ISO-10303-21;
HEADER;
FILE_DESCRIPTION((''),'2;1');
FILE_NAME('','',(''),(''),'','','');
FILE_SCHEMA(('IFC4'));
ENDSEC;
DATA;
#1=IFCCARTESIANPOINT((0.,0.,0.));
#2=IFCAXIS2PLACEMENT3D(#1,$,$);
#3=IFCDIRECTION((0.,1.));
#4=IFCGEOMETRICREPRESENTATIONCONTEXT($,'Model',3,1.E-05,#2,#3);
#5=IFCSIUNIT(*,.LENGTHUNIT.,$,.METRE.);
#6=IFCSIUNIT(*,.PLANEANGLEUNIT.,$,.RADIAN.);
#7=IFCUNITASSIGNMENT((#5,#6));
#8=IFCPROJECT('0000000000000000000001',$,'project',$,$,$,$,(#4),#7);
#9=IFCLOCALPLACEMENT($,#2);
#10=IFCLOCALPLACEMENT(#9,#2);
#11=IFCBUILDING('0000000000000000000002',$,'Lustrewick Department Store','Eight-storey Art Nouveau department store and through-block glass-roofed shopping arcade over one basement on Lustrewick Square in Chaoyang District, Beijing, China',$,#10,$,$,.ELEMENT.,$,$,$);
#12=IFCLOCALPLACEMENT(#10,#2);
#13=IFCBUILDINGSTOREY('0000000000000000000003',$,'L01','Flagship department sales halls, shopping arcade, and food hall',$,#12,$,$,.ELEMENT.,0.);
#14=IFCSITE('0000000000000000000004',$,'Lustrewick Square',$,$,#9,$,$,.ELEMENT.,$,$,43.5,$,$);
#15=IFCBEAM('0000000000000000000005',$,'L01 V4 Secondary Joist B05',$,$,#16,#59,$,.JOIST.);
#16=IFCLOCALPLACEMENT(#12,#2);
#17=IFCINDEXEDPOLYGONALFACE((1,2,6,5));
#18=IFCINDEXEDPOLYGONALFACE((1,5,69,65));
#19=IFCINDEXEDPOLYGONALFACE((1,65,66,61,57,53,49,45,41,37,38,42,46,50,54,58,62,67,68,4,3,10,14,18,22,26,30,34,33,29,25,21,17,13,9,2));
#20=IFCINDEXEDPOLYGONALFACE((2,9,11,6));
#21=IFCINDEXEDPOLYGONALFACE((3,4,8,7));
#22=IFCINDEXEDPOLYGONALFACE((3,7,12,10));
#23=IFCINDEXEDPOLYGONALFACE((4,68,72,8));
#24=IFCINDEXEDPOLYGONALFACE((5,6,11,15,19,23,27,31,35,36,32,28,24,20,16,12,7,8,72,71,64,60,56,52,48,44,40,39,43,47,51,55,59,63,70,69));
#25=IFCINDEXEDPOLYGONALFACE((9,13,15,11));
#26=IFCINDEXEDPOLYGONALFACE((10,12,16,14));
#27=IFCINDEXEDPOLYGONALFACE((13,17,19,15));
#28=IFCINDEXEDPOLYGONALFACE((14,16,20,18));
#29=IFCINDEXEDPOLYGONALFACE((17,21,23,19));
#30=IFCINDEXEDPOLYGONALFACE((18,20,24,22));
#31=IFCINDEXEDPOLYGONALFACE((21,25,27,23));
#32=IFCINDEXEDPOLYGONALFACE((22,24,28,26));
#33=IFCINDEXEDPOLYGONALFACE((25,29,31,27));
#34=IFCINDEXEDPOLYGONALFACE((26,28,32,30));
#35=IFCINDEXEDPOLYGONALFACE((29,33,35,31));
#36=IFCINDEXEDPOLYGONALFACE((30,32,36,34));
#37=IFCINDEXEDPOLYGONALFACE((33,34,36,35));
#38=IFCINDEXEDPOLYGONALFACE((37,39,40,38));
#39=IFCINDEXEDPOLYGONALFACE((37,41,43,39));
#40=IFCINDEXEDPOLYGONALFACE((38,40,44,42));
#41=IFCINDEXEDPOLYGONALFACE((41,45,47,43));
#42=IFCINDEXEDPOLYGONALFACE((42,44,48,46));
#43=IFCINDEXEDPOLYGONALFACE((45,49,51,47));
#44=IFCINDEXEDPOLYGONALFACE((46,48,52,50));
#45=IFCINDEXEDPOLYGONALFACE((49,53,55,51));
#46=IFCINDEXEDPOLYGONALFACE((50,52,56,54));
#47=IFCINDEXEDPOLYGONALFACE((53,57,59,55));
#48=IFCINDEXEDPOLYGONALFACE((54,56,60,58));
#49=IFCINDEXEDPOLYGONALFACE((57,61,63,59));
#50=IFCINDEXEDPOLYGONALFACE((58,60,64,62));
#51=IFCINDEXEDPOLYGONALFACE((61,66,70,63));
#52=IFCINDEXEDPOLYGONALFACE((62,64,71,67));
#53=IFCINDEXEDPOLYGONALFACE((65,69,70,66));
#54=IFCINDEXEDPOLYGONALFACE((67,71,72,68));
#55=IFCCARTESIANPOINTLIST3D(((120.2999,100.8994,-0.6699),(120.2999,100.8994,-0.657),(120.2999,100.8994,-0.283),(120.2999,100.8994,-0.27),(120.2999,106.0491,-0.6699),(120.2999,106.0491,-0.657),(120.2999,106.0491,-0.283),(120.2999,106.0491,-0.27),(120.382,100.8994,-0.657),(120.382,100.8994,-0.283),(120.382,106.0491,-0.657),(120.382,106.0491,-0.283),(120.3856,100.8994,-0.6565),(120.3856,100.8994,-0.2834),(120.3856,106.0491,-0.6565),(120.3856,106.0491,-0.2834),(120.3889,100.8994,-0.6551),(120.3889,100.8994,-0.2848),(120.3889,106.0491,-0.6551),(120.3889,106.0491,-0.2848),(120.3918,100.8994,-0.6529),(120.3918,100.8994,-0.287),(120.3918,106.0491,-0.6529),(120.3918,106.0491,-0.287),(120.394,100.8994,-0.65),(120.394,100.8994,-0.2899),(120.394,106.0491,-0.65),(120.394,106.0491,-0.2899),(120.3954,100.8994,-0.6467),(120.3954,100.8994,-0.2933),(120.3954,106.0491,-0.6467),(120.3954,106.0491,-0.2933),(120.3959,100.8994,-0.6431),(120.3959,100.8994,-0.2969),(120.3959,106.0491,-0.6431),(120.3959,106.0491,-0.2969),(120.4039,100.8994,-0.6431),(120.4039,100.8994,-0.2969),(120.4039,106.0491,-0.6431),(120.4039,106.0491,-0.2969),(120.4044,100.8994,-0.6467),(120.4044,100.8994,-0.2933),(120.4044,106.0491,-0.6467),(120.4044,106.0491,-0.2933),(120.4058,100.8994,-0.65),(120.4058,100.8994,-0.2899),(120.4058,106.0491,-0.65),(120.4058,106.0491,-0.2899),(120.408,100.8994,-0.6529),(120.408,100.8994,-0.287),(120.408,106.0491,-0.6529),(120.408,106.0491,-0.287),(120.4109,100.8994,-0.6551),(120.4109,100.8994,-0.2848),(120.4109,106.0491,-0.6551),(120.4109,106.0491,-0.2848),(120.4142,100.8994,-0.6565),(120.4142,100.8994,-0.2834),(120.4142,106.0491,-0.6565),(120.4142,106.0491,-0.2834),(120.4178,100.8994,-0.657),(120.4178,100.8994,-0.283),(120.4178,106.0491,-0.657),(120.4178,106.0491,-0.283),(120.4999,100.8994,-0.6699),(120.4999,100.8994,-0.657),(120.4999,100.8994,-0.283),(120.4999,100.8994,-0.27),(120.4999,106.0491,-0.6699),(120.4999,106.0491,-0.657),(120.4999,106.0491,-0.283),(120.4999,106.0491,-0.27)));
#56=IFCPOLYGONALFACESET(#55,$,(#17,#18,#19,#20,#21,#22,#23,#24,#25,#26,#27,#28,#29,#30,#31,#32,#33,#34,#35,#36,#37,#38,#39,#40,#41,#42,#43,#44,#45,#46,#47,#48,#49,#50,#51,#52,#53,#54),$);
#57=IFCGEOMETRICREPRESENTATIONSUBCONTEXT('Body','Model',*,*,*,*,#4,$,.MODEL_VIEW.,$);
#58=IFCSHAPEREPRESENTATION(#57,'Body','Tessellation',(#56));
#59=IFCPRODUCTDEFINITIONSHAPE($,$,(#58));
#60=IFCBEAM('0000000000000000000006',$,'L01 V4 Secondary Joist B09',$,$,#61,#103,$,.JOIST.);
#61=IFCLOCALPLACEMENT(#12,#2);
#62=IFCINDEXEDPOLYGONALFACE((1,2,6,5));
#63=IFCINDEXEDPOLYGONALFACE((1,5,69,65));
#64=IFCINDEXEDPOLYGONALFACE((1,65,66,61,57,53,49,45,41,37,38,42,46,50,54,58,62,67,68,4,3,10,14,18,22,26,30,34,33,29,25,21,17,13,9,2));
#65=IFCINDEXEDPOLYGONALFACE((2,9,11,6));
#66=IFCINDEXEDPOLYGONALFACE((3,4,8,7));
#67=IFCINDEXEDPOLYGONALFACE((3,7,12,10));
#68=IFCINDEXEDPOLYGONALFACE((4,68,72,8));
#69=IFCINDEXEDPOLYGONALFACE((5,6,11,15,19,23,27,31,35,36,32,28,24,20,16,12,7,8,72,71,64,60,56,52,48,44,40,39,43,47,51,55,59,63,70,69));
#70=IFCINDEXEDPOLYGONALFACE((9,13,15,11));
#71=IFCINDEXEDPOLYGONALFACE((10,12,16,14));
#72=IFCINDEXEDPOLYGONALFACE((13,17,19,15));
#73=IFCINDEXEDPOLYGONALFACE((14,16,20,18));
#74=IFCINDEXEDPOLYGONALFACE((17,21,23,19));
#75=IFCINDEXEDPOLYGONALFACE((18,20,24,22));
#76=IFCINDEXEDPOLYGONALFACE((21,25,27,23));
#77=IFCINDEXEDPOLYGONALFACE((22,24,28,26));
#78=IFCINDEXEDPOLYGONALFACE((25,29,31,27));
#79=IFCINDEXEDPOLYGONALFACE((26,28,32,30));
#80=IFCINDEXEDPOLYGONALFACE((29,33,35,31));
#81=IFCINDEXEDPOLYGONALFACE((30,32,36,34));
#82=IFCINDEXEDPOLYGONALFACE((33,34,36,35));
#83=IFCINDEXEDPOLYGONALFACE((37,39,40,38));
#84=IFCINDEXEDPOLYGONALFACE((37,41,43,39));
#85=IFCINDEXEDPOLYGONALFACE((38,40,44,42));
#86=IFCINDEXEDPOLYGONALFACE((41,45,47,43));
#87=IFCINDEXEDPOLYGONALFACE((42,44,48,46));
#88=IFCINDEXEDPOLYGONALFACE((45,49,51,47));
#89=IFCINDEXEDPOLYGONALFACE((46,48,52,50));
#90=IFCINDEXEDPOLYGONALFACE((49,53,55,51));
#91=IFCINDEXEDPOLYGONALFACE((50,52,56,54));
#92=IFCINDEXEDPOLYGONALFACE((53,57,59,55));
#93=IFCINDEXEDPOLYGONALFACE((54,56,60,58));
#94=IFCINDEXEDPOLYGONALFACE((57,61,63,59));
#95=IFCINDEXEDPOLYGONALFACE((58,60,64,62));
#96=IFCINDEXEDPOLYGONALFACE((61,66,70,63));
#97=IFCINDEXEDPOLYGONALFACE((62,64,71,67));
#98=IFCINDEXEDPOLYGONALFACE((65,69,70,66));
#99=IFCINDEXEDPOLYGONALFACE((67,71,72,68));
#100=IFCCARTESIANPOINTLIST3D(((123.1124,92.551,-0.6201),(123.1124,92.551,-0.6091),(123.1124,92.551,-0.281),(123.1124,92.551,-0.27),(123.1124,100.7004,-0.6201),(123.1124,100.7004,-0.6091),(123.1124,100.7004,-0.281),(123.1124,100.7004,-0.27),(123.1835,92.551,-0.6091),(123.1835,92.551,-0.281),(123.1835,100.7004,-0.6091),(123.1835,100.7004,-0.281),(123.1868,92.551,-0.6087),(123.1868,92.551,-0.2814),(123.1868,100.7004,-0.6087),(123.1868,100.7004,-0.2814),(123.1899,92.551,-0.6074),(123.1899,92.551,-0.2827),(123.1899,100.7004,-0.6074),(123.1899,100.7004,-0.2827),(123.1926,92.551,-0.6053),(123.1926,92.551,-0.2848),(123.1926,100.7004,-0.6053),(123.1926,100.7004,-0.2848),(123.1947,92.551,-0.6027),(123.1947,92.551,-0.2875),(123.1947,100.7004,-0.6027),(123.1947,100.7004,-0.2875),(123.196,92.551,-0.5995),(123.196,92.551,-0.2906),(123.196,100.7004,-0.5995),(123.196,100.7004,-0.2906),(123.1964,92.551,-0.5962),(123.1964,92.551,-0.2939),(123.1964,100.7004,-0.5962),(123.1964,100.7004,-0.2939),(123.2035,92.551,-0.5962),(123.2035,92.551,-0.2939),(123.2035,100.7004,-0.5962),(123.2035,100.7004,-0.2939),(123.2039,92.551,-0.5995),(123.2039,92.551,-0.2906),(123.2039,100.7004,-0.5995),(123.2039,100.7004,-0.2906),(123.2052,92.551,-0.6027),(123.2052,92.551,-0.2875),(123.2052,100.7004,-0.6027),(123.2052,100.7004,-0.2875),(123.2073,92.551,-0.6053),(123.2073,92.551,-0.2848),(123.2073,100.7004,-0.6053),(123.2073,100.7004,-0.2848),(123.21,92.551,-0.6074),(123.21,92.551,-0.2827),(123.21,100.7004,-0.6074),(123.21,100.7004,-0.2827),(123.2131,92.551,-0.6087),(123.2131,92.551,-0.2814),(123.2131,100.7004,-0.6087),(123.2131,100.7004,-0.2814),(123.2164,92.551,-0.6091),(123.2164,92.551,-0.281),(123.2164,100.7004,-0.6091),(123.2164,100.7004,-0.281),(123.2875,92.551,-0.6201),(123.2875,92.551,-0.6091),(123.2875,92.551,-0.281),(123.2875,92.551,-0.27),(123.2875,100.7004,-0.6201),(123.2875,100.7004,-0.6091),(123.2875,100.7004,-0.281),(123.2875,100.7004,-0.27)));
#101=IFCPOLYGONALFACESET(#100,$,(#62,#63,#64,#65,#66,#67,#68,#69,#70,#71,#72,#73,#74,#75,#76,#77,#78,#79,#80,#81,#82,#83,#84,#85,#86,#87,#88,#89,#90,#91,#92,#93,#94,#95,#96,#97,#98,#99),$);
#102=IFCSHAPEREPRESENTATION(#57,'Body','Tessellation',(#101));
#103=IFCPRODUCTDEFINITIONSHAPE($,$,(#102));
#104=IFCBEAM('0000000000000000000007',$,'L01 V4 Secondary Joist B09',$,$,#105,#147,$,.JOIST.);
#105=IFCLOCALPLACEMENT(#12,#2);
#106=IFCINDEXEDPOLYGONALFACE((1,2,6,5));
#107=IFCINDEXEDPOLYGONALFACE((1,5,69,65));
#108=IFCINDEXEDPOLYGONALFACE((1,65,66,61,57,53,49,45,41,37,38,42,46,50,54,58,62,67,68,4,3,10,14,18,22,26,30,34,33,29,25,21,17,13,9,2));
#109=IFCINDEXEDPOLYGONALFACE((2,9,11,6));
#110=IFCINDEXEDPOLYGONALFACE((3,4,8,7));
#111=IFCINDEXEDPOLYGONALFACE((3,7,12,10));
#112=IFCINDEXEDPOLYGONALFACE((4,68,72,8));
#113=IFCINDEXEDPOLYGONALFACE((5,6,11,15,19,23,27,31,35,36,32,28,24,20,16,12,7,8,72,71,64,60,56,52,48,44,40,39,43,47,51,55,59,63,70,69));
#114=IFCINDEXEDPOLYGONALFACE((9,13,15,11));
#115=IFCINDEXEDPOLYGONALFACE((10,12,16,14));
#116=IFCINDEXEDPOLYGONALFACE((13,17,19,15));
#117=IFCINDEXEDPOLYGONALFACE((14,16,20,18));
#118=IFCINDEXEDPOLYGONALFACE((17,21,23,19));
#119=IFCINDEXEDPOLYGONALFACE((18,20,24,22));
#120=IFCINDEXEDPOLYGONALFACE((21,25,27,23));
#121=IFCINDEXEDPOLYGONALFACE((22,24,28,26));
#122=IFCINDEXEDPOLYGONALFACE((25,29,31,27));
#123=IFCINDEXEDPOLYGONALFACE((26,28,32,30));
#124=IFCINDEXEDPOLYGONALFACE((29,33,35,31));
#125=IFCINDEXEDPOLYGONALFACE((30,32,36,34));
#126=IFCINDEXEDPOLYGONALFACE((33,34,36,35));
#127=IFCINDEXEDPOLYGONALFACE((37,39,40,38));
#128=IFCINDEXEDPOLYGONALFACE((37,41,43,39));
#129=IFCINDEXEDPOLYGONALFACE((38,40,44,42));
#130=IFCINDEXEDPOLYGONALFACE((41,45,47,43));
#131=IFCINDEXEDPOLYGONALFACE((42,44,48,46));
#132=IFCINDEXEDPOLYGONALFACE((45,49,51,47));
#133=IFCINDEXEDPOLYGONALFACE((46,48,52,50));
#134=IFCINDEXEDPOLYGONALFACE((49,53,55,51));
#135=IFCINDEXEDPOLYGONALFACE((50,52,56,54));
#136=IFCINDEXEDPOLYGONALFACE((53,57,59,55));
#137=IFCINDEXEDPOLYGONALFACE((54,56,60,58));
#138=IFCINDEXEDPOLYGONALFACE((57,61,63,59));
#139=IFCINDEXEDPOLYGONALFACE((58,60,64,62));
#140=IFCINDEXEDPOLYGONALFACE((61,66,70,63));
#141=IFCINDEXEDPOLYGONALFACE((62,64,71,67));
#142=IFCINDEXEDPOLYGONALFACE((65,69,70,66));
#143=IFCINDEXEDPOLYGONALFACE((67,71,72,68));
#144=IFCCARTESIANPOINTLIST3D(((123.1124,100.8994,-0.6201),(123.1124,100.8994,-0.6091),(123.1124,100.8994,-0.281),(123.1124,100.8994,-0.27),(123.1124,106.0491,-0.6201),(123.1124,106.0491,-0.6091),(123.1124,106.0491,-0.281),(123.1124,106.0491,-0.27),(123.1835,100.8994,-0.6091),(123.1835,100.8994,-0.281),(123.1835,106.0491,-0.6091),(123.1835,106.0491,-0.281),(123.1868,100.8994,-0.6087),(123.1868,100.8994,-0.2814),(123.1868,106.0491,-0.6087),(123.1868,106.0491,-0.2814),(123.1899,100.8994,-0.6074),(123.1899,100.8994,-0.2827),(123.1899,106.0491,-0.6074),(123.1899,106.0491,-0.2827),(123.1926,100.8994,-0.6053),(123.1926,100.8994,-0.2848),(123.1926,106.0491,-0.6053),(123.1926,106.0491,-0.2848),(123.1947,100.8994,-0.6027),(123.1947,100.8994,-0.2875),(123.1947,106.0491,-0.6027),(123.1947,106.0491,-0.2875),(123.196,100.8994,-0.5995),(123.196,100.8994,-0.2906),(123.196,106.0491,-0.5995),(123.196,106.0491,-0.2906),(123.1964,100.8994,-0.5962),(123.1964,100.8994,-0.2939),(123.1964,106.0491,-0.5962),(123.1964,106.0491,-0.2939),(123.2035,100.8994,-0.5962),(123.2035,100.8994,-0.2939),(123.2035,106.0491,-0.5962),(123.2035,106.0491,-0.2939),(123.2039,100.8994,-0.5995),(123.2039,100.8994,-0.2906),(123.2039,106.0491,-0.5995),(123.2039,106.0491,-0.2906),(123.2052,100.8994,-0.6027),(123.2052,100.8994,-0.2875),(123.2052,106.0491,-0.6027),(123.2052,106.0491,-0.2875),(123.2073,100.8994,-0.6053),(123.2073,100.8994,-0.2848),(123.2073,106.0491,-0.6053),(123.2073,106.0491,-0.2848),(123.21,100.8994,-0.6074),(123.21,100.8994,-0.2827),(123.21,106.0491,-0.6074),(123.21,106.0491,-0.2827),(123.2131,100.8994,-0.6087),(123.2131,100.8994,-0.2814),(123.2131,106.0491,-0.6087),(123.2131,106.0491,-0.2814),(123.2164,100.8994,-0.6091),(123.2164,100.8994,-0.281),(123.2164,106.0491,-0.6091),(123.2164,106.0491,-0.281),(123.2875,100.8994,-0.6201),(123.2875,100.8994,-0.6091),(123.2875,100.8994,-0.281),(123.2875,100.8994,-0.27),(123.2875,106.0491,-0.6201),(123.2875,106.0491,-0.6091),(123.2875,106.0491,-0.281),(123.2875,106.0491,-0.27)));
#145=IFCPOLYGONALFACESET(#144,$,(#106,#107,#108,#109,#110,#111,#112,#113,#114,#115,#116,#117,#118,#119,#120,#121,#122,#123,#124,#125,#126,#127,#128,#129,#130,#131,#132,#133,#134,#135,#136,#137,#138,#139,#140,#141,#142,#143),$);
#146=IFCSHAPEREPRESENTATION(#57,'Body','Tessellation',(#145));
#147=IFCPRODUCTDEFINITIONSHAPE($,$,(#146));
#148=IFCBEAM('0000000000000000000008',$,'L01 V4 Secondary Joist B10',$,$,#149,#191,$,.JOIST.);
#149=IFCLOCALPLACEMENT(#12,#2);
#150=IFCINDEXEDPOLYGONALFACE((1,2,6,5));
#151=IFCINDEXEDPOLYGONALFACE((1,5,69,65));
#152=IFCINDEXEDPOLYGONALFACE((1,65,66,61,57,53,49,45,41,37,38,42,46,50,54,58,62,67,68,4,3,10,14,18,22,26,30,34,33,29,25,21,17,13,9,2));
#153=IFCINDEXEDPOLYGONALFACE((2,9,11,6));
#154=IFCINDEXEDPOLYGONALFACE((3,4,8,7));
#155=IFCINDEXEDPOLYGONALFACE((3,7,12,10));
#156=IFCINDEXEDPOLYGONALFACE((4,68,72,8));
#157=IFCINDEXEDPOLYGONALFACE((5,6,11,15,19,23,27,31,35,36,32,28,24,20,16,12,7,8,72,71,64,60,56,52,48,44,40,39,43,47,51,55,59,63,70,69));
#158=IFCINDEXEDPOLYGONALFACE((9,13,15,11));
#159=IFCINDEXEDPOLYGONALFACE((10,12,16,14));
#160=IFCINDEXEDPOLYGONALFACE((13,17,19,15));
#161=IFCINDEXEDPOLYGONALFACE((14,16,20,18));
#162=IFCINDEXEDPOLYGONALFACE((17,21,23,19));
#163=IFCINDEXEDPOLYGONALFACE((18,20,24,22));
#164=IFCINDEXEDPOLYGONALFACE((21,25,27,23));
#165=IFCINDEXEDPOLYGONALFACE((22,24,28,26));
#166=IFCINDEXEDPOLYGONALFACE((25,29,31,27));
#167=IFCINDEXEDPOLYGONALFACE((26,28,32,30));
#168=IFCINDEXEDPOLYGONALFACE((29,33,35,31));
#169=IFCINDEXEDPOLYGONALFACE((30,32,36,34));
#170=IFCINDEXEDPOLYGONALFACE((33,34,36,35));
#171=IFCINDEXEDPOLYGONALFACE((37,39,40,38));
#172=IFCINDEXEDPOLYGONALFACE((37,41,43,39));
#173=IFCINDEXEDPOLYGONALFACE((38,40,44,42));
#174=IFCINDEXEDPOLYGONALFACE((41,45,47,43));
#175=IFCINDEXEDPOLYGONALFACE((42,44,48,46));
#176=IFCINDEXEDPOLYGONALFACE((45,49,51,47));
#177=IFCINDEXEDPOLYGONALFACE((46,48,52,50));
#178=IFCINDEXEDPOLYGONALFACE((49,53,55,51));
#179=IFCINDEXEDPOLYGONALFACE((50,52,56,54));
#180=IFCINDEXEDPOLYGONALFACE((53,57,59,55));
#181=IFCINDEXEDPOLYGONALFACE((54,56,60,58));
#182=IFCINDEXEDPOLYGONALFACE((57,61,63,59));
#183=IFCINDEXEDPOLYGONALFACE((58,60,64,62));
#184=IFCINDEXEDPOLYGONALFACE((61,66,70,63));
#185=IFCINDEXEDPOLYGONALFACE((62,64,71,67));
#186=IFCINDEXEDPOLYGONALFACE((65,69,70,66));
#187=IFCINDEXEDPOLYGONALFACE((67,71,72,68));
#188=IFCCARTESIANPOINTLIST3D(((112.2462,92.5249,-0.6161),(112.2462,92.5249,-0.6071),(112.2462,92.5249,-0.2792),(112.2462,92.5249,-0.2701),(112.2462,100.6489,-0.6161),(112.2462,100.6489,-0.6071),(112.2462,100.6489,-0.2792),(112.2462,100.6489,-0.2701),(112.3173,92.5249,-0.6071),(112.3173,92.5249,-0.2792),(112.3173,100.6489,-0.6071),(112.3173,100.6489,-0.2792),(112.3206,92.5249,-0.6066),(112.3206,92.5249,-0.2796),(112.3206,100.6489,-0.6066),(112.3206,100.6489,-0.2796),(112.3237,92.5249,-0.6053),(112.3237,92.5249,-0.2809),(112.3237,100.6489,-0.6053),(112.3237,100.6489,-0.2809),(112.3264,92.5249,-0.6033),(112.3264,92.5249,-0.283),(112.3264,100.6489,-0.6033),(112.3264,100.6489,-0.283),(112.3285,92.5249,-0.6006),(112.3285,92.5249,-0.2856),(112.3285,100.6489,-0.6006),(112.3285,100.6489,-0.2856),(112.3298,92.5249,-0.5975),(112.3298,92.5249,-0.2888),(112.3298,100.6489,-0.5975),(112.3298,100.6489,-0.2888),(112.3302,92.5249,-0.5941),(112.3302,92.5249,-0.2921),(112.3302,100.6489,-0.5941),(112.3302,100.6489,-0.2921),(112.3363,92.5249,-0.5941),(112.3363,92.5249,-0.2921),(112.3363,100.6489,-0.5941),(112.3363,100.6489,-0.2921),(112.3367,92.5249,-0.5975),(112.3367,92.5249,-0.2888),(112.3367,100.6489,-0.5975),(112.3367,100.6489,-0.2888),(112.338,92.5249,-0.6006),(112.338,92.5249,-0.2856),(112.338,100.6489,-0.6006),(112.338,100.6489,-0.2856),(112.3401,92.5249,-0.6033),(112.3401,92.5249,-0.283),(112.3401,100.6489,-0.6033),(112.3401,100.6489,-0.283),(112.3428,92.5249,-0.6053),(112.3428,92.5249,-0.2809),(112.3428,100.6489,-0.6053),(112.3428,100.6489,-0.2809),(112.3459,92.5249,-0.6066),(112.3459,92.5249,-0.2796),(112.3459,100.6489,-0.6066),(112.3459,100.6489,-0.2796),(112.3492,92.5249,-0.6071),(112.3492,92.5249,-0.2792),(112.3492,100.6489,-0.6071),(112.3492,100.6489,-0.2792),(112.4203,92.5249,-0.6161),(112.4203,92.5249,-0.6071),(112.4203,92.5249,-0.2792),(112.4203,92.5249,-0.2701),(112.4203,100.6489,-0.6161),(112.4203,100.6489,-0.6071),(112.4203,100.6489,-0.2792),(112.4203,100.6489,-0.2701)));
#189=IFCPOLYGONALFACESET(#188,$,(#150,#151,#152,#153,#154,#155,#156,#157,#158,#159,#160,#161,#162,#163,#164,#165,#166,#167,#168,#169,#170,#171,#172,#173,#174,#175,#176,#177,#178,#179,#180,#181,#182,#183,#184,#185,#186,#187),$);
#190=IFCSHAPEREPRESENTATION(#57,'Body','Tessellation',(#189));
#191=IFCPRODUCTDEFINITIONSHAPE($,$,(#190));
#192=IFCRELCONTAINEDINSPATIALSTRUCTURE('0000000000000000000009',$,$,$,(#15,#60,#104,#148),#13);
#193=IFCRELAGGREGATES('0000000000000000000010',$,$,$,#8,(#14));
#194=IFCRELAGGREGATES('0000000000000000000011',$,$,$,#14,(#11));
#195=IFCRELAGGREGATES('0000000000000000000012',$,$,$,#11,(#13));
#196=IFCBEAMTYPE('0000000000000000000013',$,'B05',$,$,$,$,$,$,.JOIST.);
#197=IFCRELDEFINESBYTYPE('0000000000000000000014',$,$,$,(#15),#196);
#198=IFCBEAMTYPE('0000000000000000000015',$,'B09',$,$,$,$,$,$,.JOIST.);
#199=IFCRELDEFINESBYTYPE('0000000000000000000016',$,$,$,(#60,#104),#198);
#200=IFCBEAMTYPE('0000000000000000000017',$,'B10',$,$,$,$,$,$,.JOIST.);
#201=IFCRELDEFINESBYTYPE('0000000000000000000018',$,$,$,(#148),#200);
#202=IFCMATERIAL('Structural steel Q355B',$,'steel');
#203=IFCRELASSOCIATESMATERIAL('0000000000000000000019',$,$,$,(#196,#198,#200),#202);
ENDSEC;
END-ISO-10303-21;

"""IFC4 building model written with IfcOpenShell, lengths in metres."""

from ifc_helpers import new_model, si_unit, direction, frame, origin, origin_2d, place, context, subcontext, project, spatial, i_section, extrude, material, material_profile, profile_set, type_object, element, save


model = new_model("IFC4")

# Units and contexts
model_context = context("Model", 3, precision=1e-05, world=origin(), true_north=direction((0.0, 1.0)))
body_context = subcontext(model_context, "Body", "Model", "MODEL_VIEW")
ifc_project = project(units=[si_unit("LENGTHUNIT", "METRE"), si_unit("PLANEANGLEUNIT", "RADIAN")], contexts=[model_context])

# Site, building, storey
site_placement = place(None, origin())
site = spatial("IfcSite", under=ifc_project, at=site_placement, Name="Lustrewick Square", CompositionType="ELEMENT", RefElevation=43.5)
building_placement = place(site_placement, origin())
building = spatial("IfcBuilding", under=site, at=building_placement, Name="Lustrewick Department Store", Description="Eight-storey Art Nouveau department store and through-block glass-roofed shopping arcade over one basement on Lustrewick Square in Chaoyang District, Beijing, China", CompositionType="ELEMENT")
storey_placement = place(building_placement, origin())
storey = spatial("IfcBuildingStorey", under=building, at=storey_placement, Name="L01", Description="Flagship department sales halls, shopping arcade, and food hall", CompositionType="ELEMENT", Elevation=0.0)

# Shared definitions
ifc_material_1 = material(Name="Structural steel Q355B", Category="steel")

# Beams
ifc_material_profile_1 = material_profile(ifc_material_1, i_section(OverallWidth=0.2, OverallDepth=0.3999, WebThickness=0.0081, FlangeThickness=0.0129, FilletRadius=0.0139, at=origin_2d()), Name="HN 400x200x8x13")
ifc_profile_set_1 = profile_set([ifc_material_profile_1], Name="Structural steel Q355B")
beam_type_1 = type_object("IfcBeamType", Name="B05", PredefinedType="JOIST", material=ifc_profile_set_1)
beam_1_placement = place(storey_placement, frame((120.3999, 100.8994, -0.47), z_axis=(0.0, 1.0, 0.0), x_axis=(-1.0, 0.0, 0.0)))
element("IfcBeam", 1, at=beam_1_placement, inside=storey, type_object=beam_type_1, Name="L01 V4 Secondary Joist B05", PredefinedType="JOIST", context=body_context, shape_type="SweptSolid", body=[
    extrude(i_section(OverallWidth=0.2, OverallDepth=0.3999, WebThickness=0.0081, FlangeThickness=0.0129, FilletRadius=0.0139, at=origin_2d()), origin(), (0.0, 0.0, 1.0), 5.1497),
])
ifc_material_profile_2 = material_profile(ifc_material_1, i_section(OverallWidth=0.175, OverallDepth=0.3501, WebThickness=0.0071, FlangeThickness=0.011, FilletRadius=0.0129, at=origin_2d()), Name="HN 350x175x7x11")
ifc_profile_set_2 = profile_set([ifc_material_profile_2], Name="Structural steel Q355B")
beam_type_2 = type_object("IfcBeamType", Name="B09", PredefinedType="JOIST", material=ifc_profile_set_2)
beam_2_placement = place(storey_placement, frame((123.2, 92.551, -0.4451), z_axis=(0.0, 1.0, 0.0), x_axis=(-1.0, 0.0, 0.0)))
element("IfcBeam", 2, at=beam_2_placement, inside=storey, type_object=beam_type_2, Name="L01 V4 Secondary Joist B09", PredefinedType="JOIST", context=body_context, shape_type="SweptSolid", body=[
    extrude(i_section(OverallWidth=0.175, OverallDepth=0.3501, WebThickness=0.0071, FlangeThickness=0.011, FilletRadius=0.0129, at=origin_2d()), origin(), (0.0, 0.0, 1.0), 8.1494),
])
beam_3_placement = place(storey_placement, frame((123.2, 100.8994, -0.4451), z_axis=(0.0, 1.0, 0.0), x_axis=(-1.0, 0.0, 0.0)))
element("IfcBeam", 3, at=beam_3_placement, inside=storey, type_object=beam_type_2, Name="L01 V4 Secondary Joist B09", PredefinedType="JOIST", context=body_context, shape_type="SweptSolid", body=[
    extrude(i_section(OverallWidth=0.175, OverallDepth=0.3501, WebThickness=0.0071, FlangeThickness=0.011, FilletRadius=0.0129, at=origin_2d()), origin(), (0.0, 0.0, 1.0), 5.1497),
])
ifc_material_profile_3 = material_profile(ifc_material_1, i_section(OverallWidth=0.1741, OverallDepth=0.3459, WebThickness=0.0061, FlangeThickness=0.009, FilletRadius=0.0129, at=origin_2d()), Name="HN 346x174x6x9")
ifc_profile_set_3 = profile_set([ifc_material_profile_3], Name="Structural steel Q355B")
beam_type_3 = type_object("IfcBeamType", Name="B10", PredefinedType="JOIST", material=ifc_profile_set_3)
beam_4_placement = place(storey_placement, frame((112.3333, 92.5249, -0.4431), z_axis=(0.0, 1.0, 0.0), x_axis=(-1.0, 0.0, 0.0)))
element("IfcBeam", 4, at=beam_4_placement, inside=storey, type_object=beam_type_3, Name="L01 V4 Secondary Joist B10", PredefinedType="JOIST", context=body_context, shape_type="SweptSolid", body=[
    extrude(i_section(OverallWidth=0.1741, OverallDepth=0.3459, WebThickness=0.0061, FlangeThickness=0.009, FilletRadius=0.0129, at=origin_2d()), origin(), (0.0, 0.0, 1.0), 8.124),
])

save(model, "model.ifc")
